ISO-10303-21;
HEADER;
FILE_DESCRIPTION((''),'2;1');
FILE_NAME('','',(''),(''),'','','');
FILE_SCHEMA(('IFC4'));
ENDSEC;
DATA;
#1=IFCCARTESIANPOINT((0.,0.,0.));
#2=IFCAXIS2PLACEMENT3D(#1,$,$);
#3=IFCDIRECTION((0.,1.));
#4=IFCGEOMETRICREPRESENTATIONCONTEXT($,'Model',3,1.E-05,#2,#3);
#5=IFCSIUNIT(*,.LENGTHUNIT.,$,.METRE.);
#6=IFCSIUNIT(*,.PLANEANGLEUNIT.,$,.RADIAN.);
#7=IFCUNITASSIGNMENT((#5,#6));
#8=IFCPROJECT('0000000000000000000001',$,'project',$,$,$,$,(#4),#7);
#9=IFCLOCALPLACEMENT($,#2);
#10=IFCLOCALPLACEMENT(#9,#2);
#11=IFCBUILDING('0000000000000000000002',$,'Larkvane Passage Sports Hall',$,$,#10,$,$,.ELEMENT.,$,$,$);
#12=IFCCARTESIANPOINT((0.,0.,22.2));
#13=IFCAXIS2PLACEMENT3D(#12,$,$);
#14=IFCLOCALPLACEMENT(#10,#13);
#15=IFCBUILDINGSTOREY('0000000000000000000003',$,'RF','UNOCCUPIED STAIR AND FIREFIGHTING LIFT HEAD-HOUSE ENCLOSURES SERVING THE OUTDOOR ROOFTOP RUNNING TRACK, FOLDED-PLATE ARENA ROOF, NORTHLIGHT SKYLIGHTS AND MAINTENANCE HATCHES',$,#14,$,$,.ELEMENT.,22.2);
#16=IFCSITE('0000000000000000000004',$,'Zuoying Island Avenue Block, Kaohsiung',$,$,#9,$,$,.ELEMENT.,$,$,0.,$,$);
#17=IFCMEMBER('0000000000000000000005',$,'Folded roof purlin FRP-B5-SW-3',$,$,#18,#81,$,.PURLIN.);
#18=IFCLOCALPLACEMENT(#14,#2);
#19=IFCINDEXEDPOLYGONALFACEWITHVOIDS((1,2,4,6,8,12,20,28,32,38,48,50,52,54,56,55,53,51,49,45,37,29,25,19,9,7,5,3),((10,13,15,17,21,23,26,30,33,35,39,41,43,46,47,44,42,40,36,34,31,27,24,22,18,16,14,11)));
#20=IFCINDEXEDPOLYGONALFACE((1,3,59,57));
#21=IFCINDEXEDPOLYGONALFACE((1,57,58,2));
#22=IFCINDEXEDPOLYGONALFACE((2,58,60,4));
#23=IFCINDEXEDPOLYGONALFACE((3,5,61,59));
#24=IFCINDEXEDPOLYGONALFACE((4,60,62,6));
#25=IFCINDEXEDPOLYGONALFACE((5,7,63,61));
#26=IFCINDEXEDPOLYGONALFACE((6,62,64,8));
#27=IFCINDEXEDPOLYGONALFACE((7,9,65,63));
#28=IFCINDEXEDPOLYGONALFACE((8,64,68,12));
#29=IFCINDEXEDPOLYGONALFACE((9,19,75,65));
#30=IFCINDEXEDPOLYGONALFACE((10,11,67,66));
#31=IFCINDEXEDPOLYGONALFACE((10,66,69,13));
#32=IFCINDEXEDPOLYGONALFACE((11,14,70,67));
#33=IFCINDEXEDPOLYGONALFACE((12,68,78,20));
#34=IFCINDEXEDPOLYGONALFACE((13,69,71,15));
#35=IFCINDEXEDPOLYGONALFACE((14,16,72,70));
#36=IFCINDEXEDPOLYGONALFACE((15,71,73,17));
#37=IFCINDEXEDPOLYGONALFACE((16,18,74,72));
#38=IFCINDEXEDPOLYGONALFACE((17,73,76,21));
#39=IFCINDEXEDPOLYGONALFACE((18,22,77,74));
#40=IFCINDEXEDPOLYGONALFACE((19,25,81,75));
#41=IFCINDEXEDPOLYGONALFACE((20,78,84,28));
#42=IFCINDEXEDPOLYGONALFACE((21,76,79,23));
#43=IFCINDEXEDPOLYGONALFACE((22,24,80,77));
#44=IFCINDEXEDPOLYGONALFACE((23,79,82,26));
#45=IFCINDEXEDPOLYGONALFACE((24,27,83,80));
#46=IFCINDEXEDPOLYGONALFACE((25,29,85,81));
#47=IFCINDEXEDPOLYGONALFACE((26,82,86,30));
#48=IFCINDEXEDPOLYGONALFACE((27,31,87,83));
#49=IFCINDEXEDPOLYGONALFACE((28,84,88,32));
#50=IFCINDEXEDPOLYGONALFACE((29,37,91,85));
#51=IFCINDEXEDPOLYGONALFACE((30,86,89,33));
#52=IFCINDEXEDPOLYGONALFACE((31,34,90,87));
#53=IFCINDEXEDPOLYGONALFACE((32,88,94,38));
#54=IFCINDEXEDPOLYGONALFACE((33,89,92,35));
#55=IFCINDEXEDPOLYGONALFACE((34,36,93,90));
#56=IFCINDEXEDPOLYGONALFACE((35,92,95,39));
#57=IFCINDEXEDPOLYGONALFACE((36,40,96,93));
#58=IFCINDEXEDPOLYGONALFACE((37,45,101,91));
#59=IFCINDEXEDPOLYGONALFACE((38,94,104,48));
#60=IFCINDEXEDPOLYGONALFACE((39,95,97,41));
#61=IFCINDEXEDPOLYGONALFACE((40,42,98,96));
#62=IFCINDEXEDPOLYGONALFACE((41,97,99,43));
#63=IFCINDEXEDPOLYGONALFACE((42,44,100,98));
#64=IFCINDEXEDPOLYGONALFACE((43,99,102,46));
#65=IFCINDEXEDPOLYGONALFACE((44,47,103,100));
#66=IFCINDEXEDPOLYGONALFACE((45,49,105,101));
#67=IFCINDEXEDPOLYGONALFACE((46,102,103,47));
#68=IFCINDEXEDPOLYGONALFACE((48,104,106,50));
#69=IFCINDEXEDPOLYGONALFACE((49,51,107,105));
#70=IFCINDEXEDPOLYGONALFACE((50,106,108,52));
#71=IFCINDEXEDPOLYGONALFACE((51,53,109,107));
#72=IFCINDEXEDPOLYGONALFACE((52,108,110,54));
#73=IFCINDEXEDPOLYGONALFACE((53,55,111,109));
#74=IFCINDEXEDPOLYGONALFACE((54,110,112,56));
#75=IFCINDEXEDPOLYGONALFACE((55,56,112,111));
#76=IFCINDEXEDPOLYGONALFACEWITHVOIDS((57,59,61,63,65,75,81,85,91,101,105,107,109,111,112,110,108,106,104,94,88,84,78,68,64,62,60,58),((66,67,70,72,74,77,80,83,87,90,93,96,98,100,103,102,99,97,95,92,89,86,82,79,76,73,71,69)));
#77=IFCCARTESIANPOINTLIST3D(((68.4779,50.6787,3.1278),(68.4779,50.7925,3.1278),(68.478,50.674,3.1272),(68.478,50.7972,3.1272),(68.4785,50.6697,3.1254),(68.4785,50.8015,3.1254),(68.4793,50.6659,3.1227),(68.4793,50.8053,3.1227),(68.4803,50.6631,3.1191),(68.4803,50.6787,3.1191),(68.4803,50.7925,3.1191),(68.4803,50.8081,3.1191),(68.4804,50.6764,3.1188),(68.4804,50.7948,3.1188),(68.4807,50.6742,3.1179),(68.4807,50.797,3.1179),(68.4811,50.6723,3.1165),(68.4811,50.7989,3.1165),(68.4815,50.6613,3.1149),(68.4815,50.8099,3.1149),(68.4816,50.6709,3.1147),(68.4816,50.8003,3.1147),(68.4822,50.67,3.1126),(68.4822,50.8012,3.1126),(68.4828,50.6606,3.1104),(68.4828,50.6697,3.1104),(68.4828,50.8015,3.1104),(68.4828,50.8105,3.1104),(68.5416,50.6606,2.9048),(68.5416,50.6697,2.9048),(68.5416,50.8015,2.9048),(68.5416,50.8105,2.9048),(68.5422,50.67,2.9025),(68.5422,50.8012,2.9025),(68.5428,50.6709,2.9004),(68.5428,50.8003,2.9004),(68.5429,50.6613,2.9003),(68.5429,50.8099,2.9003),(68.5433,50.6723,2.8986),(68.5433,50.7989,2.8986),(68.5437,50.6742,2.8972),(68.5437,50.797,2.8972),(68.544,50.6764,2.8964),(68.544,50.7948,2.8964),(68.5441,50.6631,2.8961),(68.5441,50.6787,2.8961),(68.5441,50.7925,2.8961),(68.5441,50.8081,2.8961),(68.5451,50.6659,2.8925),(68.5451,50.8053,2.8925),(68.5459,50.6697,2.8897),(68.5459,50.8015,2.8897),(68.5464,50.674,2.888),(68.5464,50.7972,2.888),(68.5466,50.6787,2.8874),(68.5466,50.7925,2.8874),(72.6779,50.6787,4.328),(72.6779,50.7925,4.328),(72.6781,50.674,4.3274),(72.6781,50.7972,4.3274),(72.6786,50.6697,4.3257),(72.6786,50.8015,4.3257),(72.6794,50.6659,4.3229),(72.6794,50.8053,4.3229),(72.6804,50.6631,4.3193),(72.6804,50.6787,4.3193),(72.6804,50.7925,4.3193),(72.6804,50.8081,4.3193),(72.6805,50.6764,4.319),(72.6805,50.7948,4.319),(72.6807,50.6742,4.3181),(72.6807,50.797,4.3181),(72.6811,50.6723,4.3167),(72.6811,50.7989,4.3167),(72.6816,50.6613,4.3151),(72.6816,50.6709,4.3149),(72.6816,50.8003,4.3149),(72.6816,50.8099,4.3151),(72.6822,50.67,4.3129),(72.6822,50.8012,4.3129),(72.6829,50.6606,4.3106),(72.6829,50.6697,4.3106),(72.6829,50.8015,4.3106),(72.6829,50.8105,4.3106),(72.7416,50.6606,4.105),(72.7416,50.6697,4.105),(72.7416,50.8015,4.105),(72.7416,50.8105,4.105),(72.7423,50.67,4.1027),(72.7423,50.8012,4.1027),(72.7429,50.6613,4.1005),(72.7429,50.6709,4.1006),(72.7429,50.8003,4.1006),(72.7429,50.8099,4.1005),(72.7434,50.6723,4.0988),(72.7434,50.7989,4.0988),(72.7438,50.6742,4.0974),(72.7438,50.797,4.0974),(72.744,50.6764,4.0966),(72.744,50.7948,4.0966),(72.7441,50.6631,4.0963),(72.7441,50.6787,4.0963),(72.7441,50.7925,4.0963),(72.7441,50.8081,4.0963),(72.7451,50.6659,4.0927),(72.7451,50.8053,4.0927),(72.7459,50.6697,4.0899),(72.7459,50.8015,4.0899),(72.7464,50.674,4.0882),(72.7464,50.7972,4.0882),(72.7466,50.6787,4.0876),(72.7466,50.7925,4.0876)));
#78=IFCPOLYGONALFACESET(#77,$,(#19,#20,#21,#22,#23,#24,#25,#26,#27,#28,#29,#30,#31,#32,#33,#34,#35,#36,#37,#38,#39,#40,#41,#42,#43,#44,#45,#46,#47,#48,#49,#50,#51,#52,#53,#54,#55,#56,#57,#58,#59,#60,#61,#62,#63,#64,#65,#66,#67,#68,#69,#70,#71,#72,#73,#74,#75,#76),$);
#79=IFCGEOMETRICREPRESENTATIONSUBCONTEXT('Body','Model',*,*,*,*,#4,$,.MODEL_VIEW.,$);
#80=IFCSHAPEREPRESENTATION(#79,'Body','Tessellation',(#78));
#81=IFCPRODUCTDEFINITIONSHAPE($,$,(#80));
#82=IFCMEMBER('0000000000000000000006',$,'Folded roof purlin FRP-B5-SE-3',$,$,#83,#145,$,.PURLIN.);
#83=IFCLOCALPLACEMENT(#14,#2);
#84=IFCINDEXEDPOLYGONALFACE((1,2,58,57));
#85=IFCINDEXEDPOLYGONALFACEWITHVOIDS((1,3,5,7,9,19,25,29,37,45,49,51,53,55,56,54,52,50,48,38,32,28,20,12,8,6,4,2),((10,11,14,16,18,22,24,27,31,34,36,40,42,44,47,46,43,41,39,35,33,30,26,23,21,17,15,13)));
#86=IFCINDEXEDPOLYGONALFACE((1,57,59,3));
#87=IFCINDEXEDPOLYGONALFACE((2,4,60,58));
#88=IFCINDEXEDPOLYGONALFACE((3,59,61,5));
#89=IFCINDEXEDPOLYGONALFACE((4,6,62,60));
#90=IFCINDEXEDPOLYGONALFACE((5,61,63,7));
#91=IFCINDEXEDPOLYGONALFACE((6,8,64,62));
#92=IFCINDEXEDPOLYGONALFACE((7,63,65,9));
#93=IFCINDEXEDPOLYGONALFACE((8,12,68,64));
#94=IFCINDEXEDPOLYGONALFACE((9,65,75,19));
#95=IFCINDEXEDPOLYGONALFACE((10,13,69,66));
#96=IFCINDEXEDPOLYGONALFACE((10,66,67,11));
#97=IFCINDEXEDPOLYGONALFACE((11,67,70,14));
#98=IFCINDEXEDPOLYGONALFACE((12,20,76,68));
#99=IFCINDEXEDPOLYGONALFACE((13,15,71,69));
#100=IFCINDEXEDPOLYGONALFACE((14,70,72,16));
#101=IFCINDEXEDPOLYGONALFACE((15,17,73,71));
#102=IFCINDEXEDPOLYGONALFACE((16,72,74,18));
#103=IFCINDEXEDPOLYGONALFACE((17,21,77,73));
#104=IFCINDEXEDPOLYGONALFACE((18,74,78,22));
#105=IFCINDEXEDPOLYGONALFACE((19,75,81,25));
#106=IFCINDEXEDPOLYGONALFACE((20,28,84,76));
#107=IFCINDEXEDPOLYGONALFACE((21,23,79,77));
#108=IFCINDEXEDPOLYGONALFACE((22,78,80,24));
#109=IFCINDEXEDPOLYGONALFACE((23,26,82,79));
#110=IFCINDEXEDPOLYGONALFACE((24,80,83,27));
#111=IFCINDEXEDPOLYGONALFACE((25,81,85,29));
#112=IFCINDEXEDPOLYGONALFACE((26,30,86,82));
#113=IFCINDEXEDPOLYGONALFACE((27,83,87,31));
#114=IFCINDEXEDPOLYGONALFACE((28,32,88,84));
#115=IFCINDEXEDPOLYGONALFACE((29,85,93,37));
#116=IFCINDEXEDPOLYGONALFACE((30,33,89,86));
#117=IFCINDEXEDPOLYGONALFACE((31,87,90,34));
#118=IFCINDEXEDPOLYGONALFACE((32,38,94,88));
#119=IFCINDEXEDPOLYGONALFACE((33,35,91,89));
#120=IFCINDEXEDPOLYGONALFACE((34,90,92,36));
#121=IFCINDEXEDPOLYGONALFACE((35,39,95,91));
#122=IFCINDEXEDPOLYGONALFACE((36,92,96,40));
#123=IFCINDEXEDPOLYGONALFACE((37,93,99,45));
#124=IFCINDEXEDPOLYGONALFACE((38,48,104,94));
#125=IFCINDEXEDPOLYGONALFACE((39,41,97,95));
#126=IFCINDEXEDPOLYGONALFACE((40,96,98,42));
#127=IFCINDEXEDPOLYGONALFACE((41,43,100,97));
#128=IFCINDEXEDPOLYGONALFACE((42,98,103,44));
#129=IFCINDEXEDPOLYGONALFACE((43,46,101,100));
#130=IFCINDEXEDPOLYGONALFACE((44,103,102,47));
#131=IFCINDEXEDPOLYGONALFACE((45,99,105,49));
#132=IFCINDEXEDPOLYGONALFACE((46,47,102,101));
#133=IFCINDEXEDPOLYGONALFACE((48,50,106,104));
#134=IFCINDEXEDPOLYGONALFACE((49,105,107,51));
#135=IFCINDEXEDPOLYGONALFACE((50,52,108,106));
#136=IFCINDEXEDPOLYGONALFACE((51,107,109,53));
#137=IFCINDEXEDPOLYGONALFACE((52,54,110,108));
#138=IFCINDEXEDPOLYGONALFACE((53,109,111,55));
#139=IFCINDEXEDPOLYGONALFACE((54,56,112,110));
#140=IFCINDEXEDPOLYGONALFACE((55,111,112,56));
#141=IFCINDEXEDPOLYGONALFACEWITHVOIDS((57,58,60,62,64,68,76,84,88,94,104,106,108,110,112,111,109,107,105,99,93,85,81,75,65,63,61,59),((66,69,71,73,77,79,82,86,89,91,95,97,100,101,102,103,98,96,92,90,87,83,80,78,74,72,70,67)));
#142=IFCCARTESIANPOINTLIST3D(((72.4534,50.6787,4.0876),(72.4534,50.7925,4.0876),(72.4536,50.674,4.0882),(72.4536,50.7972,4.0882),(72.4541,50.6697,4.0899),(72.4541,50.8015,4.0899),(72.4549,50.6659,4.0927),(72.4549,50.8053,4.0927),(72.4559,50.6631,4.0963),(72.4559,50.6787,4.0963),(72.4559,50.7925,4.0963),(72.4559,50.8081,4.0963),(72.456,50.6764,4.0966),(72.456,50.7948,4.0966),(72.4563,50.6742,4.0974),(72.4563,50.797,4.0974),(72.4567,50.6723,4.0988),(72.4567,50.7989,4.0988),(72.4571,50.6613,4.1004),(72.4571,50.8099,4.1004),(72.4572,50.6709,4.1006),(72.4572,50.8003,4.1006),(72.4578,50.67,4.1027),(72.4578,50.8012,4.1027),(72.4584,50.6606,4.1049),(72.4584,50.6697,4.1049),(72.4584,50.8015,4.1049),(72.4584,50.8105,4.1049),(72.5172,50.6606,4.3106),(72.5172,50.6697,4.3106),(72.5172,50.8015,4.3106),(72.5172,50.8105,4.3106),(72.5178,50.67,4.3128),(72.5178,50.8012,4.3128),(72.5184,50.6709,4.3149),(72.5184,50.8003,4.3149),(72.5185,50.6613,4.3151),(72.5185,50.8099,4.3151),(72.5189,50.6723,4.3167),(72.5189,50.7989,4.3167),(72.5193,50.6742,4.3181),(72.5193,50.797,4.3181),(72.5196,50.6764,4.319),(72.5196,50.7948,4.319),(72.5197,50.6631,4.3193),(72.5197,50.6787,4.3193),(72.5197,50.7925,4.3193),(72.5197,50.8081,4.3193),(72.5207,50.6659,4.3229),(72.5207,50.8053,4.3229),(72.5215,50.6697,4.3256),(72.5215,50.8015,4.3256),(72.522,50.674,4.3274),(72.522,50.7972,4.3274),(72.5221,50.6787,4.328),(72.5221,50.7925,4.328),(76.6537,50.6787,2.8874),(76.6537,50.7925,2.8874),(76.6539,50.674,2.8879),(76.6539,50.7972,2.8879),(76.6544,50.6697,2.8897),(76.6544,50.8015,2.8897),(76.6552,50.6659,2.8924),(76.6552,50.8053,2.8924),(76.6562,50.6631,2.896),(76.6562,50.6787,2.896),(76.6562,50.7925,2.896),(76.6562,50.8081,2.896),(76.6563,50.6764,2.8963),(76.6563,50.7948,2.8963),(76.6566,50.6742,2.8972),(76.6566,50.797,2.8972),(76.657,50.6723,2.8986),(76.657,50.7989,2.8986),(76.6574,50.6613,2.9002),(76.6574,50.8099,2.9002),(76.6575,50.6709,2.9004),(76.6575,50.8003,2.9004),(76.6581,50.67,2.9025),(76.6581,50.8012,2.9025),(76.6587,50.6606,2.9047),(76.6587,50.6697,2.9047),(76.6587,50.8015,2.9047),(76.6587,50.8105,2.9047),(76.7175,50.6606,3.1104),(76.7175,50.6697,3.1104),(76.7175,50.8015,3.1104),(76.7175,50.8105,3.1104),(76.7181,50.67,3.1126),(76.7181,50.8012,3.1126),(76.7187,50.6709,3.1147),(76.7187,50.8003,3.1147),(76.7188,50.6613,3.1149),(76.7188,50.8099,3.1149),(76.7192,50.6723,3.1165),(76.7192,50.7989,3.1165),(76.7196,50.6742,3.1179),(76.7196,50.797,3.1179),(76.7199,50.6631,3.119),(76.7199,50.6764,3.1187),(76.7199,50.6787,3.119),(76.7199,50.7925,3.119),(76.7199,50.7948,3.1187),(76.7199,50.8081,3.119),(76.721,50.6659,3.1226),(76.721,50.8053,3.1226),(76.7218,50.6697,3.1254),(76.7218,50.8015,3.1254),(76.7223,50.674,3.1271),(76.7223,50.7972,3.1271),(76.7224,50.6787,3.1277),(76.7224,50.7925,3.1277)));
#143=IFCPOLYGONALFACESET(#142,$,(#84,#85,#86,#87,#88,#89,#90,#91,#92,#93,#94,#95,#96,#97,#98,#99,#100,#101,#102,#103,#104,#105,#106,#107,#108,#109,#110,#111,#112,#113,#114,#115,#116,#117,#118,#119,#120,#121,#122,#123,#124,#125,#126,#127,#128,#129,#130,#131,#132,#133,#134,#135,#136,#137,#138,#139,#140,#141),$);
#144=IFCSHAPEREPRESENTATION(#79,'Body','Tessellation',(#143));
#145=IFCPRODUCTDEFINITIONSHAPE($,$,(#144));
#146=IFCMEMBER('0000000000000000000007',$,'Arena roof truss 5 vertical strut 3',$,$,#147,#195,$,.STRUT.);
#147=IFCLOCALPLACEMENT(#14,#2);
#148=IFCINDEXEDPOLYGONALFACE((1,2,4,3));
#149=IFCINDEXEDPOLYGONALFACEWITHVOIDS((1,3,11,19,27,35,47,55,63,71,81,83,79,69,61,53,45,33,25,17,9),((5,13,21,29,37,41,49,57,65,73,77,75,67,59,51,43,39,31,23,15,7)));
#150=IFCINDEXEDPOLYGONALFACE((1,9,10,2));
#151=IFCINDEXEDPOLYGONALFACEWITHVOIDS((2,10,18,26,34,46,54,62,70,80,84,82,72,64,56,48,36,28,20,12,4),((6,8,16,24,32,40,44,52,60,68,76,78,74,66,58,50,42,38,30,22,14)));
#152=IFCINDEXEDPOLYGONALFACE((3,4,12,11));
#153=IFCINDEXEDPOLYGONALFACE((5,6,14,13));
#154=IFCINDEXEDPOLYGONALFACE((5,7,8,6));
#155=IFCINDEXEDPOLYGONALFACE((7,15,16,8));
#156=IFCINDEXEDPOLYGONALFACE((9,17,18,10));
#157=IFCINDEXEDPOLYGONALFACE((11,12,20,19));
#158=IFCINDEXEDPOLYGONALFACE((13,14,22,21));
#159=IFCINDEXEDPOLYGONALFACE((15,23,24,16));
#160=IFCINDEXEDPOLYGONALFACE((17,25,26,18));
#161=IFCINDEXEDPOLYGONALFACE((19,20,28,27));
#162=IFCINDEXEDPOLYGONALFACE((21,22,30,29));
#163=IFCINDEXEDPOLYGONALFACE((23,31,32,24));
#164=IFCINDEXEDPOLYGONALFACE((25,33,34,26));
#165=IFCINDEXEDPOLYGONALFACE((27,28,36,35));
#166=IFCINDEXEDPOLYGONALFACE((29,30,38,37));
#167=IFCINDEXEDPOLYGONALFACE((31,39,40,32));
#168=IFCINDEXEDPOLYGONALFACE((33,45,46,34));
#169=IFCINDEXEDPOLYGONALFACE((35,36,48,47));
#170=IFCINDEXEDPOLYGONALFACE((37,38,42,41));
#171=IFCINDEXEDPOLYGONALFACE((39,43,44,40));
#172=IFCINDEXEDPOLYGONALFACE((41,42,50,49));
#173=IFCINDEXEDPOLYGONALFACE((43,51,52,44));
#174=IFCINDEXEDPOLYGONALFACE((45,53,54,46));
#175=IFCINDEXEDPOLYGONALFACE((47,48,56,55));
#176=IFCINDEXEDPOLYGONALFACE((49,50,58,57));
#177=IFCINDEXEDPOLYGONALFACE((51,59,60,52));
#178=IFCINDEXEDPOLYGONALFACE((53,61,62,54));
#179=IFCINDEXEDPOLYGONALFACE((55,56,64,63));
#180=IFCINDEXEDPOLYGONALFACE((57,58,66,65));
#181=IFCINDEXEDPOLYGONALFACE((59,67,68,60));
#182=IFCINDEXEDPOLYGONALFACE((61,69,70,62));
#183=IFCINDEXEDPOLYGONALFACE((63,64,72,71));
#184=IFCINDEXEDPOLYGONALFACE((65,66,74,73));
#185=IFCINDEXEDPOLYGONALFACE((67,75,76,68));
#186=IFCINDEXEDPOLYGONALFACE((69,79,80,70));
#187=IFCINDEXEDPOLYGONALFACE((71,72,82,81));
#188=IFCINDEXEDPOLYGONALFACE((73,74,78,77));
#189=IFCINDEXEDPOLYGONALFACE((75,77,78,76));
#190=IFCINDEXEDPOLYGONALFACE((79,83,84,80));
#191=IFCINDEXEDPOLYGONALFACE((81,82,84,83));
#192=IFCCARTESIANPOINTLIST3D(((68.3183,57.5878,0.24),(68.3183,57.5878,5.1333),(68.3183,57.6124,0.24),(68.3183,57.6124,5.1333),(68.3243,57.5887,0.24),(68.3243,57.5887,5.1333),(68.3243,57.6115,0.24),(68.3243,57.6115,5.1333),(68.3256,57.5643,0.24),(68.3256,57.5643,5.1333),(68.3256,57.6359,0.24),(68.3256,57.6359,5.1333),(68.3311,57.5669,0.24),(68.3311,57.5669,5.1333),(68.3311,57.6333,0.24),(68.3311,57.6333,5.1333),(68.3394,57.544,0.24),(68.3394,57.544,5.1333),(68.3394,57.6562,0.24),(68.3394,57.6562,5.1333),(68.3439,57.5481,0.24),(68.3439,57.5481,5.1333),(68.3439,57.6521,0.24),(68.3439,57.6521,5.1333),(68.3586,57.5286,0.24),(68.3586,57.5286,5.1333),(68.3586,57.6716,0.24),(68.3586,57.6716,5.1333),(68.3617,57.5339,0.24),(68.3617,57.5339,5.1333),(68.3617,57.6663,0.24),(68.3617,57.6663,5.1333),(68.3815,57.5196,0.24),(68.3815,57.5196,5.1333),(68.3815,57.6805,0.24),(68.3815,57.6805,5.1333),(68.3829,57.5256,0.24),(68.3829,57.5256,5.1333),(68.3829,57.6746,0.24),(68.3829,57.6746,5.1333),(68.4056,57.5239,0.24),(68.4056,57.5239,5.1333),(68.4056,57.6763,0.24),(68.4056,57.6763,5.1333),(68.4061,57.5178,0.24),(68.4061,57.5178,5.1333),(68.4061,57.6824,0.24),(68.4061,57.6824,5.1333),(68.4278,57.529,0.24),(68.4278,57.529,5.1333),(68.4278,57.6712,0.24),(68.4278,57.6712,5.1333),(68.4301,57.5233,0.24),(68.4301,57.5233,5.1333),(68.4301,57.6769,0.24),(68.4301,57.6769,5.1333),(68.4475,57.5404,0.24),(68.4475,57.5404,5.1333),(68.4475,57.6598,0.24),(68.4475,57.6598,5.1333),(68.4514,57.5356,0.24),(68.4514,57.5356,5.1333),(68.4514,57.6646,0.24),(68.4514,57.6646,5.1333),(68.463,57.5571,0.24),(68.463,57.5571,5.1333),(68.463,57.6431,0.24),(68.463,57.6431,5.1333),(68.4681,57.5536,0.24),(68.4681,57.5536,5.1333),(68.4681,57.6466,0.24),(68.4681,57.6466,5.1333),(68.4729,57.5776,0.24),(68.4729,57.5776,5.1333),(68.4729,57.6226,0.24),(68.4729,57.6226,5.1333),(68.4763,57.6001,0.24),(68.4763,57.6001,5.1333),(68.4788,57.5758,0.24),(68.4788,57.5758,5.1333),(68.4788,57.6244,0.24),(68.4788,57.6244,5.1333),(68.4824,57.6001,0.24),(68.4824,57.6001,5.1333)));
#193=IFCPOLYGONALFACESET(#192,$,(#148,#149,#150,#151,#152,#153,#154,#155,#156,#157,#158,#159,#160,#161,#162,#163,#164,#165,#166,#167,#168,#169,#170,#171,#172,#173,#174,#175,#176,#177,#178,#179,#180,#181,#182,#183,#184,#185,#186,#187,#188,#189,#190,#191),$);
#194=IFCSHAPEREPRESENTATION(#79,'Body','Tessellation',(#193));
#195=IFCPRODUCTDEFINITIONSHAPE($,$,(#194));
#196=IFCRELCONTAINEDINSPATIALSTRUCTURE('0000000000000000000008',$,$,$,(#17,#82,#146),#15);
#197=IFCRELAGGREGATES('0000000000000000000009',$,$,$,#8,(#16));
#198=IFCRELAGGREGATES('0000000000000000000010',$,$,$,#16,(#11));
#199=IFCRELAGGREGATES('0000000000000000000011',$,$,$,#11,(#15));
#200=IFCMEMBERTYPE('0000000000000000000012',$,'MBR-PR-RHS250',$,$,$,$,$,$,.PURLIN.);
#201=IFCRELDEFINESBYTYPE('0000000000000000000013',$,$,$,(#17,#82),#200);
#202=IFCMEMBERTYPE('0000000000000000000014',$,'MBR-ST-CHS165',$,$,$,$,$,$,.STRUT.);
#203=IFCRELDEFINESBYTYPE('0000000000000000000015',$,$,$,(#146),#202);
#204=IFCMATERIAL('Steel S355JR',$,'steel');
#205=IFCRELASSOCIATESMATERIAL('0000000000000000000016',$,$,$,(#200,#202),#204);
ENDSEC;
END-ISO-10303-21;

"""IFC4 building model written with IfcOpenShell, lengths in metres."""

from ifc_helpers import new_model, si_unit, direction, frame, origin, origin_2d, place, context, subcontext, project, spatial, hollow_rectangle, hollow_circle, extrude, material, material_profile, profile_set, type_object, element, save


model = new_model("IFC4")

# Units and contexts
model_context = context("Model", 3, precision=1e-05, world=origin(), true_north=direction((0.0, 1.0)))
body_context = subcontext(model_context, "Body", "Model", "MODEL_VIEW")
ifc_project = project(units=[si_unit("LENGTHUNIT", "METRE"), si_unit("PLANEANGLEUNIT", "RADIAN")], contexts=[model_context])

# Site, building, storey
site_placement = place(None, origin())
site = spatial("IfcSite", under=ifc_project, at=site_placement, Name="Zuoying Island Avenue Block, Kaohsiung", CompositionType="ELEMENT", RefElevation=0.0)
building_placement = place(site_placement, origin())
building = spatial("IfcBuilding", under=site, at=building_placement, Name="Larkvane Passage Sports Hall", CompositionType="ELEMENT")
storey_placement = place(building_placement, frame((0.0, 0.0, 22.2)))
storey = spatial("IfcBuildingStorey", under=building, at=storey_placement, Name="RF", Description="UNOCCUPIED STAIR AND FIREFIGHTING LIFT HEAD-HOUSE ENCLOSURES SERVING THE OUTDOOR ROOFTOP RUNNING TRACK, FOLDED-PLATE ARENA ROOF, NORTHLIGHT SKYLIGHTS AND MAINTENANCE HATCHES", CompositionType="ELEMENT", Elevation=22.2)

# Members
ifc_material_1 = material(Name="Steel S355JR", Category="steel")
ifc_material_profile_1 = material_profile(ifc_material_1, hollow_rectangle(XDim=0.1499, YDim=0.25, WallThickness=0.009, InnerFilletRadius=0.009, OuterFilletRadius=0.0181, at=origin_2d()), Name="RHS-250x150x9")
ifc_profile_set_1 = profile_set([ifc_material_profile_1], Name="Steel S355JR")
member_type_1 = type_object("IfcMemberType", Name="MBR-PR-RHS250", PredefinedType="PURLIN", material=ifc_profile_set_1)
member_1_placement = place(storey_placement, frame((68.5122, 50.7356, 3.0076), z_axis=(0.961511, 0.0, 0.274765), x_axis=(0.0, 1.0, 0.0)))
element("IfcMember", 1, at=member_1_placement, inside=storey, type_object=member_type_1, Name="Folded roof purlin FRP-B5-SW-3", PredefinedType="PURLIN", context=body_context, shape_type="SweptSolid", body=[
    extrude(hollow_rectangle(XDim=0.1499, YDim=0.25, WallThickness=0.009, InnerFilletRadius=0.009, OuterFilletRadius=0.0181, at=origin_2d()), origin(), (0.0, 0.0, 1.0), 4.3682),
])
member_2_placement = place(storey_placement, frame((72.4878, 50.7356, 4.2078), z_axis=(0.961516, 0.0, -0.274751), x_axis=(0.0, 1.0, 0.0)))
element("IfcMember", 2, at=member_2_placement, inside=storey, type_object=member_type_1, Name="Folded roof purlin FRP-B5-SE-3", PredefinedType="PURLIN", context=body_context, shape_type="SweptSolid", body=[
    extrude(hollow_rectangle(XDim=0.1499, YDim=0.25, WallThickness=0.009, InnerFilletRadius=0.009, OuterFilletRadius=0.0181, at=origin_2d()), origin(), (0.0, 0.0, 1.0), 4.3684),
])
ifc_material_profile_2 = material_profile(ifc_material_1, hollow_circle(Radius=0.0825, WallThickness=0.0061, at=origin_2d()), Name="CHS-165.2x6.0")
ifc_profile_set_2 = profile_set([ifc_material_profile_2], Name="Steel S355JR")
member_type_2 = type_object("IfcMemberType", Name="MBR-ST-CHS165", PredefinedType="STRUT", material=ifc_profile_set_2)
member_3_placement = place(storey_placement, frame((68.3999, 57.6001, 0.24), z_axis=(0.0, 0.0, 1.0), x_axis=(1.0, 0.0, 0.0)))
element("IfcMember", 3, at=member_3_placement, inside=storey, type_object=member_type_2, Name="Arena roof truss 5 vertical strut 3", PredefinedType="STRUT", context=body_context, shape_type="SweptSolid", body=[
    extrude(hollow_circle(Radius=0.0825, WallThickness=0.0061, at=origin_2d()), origin(), (0.0, 0.0, 1.0), 4.8933),
])

save(model, "model.ifc")
